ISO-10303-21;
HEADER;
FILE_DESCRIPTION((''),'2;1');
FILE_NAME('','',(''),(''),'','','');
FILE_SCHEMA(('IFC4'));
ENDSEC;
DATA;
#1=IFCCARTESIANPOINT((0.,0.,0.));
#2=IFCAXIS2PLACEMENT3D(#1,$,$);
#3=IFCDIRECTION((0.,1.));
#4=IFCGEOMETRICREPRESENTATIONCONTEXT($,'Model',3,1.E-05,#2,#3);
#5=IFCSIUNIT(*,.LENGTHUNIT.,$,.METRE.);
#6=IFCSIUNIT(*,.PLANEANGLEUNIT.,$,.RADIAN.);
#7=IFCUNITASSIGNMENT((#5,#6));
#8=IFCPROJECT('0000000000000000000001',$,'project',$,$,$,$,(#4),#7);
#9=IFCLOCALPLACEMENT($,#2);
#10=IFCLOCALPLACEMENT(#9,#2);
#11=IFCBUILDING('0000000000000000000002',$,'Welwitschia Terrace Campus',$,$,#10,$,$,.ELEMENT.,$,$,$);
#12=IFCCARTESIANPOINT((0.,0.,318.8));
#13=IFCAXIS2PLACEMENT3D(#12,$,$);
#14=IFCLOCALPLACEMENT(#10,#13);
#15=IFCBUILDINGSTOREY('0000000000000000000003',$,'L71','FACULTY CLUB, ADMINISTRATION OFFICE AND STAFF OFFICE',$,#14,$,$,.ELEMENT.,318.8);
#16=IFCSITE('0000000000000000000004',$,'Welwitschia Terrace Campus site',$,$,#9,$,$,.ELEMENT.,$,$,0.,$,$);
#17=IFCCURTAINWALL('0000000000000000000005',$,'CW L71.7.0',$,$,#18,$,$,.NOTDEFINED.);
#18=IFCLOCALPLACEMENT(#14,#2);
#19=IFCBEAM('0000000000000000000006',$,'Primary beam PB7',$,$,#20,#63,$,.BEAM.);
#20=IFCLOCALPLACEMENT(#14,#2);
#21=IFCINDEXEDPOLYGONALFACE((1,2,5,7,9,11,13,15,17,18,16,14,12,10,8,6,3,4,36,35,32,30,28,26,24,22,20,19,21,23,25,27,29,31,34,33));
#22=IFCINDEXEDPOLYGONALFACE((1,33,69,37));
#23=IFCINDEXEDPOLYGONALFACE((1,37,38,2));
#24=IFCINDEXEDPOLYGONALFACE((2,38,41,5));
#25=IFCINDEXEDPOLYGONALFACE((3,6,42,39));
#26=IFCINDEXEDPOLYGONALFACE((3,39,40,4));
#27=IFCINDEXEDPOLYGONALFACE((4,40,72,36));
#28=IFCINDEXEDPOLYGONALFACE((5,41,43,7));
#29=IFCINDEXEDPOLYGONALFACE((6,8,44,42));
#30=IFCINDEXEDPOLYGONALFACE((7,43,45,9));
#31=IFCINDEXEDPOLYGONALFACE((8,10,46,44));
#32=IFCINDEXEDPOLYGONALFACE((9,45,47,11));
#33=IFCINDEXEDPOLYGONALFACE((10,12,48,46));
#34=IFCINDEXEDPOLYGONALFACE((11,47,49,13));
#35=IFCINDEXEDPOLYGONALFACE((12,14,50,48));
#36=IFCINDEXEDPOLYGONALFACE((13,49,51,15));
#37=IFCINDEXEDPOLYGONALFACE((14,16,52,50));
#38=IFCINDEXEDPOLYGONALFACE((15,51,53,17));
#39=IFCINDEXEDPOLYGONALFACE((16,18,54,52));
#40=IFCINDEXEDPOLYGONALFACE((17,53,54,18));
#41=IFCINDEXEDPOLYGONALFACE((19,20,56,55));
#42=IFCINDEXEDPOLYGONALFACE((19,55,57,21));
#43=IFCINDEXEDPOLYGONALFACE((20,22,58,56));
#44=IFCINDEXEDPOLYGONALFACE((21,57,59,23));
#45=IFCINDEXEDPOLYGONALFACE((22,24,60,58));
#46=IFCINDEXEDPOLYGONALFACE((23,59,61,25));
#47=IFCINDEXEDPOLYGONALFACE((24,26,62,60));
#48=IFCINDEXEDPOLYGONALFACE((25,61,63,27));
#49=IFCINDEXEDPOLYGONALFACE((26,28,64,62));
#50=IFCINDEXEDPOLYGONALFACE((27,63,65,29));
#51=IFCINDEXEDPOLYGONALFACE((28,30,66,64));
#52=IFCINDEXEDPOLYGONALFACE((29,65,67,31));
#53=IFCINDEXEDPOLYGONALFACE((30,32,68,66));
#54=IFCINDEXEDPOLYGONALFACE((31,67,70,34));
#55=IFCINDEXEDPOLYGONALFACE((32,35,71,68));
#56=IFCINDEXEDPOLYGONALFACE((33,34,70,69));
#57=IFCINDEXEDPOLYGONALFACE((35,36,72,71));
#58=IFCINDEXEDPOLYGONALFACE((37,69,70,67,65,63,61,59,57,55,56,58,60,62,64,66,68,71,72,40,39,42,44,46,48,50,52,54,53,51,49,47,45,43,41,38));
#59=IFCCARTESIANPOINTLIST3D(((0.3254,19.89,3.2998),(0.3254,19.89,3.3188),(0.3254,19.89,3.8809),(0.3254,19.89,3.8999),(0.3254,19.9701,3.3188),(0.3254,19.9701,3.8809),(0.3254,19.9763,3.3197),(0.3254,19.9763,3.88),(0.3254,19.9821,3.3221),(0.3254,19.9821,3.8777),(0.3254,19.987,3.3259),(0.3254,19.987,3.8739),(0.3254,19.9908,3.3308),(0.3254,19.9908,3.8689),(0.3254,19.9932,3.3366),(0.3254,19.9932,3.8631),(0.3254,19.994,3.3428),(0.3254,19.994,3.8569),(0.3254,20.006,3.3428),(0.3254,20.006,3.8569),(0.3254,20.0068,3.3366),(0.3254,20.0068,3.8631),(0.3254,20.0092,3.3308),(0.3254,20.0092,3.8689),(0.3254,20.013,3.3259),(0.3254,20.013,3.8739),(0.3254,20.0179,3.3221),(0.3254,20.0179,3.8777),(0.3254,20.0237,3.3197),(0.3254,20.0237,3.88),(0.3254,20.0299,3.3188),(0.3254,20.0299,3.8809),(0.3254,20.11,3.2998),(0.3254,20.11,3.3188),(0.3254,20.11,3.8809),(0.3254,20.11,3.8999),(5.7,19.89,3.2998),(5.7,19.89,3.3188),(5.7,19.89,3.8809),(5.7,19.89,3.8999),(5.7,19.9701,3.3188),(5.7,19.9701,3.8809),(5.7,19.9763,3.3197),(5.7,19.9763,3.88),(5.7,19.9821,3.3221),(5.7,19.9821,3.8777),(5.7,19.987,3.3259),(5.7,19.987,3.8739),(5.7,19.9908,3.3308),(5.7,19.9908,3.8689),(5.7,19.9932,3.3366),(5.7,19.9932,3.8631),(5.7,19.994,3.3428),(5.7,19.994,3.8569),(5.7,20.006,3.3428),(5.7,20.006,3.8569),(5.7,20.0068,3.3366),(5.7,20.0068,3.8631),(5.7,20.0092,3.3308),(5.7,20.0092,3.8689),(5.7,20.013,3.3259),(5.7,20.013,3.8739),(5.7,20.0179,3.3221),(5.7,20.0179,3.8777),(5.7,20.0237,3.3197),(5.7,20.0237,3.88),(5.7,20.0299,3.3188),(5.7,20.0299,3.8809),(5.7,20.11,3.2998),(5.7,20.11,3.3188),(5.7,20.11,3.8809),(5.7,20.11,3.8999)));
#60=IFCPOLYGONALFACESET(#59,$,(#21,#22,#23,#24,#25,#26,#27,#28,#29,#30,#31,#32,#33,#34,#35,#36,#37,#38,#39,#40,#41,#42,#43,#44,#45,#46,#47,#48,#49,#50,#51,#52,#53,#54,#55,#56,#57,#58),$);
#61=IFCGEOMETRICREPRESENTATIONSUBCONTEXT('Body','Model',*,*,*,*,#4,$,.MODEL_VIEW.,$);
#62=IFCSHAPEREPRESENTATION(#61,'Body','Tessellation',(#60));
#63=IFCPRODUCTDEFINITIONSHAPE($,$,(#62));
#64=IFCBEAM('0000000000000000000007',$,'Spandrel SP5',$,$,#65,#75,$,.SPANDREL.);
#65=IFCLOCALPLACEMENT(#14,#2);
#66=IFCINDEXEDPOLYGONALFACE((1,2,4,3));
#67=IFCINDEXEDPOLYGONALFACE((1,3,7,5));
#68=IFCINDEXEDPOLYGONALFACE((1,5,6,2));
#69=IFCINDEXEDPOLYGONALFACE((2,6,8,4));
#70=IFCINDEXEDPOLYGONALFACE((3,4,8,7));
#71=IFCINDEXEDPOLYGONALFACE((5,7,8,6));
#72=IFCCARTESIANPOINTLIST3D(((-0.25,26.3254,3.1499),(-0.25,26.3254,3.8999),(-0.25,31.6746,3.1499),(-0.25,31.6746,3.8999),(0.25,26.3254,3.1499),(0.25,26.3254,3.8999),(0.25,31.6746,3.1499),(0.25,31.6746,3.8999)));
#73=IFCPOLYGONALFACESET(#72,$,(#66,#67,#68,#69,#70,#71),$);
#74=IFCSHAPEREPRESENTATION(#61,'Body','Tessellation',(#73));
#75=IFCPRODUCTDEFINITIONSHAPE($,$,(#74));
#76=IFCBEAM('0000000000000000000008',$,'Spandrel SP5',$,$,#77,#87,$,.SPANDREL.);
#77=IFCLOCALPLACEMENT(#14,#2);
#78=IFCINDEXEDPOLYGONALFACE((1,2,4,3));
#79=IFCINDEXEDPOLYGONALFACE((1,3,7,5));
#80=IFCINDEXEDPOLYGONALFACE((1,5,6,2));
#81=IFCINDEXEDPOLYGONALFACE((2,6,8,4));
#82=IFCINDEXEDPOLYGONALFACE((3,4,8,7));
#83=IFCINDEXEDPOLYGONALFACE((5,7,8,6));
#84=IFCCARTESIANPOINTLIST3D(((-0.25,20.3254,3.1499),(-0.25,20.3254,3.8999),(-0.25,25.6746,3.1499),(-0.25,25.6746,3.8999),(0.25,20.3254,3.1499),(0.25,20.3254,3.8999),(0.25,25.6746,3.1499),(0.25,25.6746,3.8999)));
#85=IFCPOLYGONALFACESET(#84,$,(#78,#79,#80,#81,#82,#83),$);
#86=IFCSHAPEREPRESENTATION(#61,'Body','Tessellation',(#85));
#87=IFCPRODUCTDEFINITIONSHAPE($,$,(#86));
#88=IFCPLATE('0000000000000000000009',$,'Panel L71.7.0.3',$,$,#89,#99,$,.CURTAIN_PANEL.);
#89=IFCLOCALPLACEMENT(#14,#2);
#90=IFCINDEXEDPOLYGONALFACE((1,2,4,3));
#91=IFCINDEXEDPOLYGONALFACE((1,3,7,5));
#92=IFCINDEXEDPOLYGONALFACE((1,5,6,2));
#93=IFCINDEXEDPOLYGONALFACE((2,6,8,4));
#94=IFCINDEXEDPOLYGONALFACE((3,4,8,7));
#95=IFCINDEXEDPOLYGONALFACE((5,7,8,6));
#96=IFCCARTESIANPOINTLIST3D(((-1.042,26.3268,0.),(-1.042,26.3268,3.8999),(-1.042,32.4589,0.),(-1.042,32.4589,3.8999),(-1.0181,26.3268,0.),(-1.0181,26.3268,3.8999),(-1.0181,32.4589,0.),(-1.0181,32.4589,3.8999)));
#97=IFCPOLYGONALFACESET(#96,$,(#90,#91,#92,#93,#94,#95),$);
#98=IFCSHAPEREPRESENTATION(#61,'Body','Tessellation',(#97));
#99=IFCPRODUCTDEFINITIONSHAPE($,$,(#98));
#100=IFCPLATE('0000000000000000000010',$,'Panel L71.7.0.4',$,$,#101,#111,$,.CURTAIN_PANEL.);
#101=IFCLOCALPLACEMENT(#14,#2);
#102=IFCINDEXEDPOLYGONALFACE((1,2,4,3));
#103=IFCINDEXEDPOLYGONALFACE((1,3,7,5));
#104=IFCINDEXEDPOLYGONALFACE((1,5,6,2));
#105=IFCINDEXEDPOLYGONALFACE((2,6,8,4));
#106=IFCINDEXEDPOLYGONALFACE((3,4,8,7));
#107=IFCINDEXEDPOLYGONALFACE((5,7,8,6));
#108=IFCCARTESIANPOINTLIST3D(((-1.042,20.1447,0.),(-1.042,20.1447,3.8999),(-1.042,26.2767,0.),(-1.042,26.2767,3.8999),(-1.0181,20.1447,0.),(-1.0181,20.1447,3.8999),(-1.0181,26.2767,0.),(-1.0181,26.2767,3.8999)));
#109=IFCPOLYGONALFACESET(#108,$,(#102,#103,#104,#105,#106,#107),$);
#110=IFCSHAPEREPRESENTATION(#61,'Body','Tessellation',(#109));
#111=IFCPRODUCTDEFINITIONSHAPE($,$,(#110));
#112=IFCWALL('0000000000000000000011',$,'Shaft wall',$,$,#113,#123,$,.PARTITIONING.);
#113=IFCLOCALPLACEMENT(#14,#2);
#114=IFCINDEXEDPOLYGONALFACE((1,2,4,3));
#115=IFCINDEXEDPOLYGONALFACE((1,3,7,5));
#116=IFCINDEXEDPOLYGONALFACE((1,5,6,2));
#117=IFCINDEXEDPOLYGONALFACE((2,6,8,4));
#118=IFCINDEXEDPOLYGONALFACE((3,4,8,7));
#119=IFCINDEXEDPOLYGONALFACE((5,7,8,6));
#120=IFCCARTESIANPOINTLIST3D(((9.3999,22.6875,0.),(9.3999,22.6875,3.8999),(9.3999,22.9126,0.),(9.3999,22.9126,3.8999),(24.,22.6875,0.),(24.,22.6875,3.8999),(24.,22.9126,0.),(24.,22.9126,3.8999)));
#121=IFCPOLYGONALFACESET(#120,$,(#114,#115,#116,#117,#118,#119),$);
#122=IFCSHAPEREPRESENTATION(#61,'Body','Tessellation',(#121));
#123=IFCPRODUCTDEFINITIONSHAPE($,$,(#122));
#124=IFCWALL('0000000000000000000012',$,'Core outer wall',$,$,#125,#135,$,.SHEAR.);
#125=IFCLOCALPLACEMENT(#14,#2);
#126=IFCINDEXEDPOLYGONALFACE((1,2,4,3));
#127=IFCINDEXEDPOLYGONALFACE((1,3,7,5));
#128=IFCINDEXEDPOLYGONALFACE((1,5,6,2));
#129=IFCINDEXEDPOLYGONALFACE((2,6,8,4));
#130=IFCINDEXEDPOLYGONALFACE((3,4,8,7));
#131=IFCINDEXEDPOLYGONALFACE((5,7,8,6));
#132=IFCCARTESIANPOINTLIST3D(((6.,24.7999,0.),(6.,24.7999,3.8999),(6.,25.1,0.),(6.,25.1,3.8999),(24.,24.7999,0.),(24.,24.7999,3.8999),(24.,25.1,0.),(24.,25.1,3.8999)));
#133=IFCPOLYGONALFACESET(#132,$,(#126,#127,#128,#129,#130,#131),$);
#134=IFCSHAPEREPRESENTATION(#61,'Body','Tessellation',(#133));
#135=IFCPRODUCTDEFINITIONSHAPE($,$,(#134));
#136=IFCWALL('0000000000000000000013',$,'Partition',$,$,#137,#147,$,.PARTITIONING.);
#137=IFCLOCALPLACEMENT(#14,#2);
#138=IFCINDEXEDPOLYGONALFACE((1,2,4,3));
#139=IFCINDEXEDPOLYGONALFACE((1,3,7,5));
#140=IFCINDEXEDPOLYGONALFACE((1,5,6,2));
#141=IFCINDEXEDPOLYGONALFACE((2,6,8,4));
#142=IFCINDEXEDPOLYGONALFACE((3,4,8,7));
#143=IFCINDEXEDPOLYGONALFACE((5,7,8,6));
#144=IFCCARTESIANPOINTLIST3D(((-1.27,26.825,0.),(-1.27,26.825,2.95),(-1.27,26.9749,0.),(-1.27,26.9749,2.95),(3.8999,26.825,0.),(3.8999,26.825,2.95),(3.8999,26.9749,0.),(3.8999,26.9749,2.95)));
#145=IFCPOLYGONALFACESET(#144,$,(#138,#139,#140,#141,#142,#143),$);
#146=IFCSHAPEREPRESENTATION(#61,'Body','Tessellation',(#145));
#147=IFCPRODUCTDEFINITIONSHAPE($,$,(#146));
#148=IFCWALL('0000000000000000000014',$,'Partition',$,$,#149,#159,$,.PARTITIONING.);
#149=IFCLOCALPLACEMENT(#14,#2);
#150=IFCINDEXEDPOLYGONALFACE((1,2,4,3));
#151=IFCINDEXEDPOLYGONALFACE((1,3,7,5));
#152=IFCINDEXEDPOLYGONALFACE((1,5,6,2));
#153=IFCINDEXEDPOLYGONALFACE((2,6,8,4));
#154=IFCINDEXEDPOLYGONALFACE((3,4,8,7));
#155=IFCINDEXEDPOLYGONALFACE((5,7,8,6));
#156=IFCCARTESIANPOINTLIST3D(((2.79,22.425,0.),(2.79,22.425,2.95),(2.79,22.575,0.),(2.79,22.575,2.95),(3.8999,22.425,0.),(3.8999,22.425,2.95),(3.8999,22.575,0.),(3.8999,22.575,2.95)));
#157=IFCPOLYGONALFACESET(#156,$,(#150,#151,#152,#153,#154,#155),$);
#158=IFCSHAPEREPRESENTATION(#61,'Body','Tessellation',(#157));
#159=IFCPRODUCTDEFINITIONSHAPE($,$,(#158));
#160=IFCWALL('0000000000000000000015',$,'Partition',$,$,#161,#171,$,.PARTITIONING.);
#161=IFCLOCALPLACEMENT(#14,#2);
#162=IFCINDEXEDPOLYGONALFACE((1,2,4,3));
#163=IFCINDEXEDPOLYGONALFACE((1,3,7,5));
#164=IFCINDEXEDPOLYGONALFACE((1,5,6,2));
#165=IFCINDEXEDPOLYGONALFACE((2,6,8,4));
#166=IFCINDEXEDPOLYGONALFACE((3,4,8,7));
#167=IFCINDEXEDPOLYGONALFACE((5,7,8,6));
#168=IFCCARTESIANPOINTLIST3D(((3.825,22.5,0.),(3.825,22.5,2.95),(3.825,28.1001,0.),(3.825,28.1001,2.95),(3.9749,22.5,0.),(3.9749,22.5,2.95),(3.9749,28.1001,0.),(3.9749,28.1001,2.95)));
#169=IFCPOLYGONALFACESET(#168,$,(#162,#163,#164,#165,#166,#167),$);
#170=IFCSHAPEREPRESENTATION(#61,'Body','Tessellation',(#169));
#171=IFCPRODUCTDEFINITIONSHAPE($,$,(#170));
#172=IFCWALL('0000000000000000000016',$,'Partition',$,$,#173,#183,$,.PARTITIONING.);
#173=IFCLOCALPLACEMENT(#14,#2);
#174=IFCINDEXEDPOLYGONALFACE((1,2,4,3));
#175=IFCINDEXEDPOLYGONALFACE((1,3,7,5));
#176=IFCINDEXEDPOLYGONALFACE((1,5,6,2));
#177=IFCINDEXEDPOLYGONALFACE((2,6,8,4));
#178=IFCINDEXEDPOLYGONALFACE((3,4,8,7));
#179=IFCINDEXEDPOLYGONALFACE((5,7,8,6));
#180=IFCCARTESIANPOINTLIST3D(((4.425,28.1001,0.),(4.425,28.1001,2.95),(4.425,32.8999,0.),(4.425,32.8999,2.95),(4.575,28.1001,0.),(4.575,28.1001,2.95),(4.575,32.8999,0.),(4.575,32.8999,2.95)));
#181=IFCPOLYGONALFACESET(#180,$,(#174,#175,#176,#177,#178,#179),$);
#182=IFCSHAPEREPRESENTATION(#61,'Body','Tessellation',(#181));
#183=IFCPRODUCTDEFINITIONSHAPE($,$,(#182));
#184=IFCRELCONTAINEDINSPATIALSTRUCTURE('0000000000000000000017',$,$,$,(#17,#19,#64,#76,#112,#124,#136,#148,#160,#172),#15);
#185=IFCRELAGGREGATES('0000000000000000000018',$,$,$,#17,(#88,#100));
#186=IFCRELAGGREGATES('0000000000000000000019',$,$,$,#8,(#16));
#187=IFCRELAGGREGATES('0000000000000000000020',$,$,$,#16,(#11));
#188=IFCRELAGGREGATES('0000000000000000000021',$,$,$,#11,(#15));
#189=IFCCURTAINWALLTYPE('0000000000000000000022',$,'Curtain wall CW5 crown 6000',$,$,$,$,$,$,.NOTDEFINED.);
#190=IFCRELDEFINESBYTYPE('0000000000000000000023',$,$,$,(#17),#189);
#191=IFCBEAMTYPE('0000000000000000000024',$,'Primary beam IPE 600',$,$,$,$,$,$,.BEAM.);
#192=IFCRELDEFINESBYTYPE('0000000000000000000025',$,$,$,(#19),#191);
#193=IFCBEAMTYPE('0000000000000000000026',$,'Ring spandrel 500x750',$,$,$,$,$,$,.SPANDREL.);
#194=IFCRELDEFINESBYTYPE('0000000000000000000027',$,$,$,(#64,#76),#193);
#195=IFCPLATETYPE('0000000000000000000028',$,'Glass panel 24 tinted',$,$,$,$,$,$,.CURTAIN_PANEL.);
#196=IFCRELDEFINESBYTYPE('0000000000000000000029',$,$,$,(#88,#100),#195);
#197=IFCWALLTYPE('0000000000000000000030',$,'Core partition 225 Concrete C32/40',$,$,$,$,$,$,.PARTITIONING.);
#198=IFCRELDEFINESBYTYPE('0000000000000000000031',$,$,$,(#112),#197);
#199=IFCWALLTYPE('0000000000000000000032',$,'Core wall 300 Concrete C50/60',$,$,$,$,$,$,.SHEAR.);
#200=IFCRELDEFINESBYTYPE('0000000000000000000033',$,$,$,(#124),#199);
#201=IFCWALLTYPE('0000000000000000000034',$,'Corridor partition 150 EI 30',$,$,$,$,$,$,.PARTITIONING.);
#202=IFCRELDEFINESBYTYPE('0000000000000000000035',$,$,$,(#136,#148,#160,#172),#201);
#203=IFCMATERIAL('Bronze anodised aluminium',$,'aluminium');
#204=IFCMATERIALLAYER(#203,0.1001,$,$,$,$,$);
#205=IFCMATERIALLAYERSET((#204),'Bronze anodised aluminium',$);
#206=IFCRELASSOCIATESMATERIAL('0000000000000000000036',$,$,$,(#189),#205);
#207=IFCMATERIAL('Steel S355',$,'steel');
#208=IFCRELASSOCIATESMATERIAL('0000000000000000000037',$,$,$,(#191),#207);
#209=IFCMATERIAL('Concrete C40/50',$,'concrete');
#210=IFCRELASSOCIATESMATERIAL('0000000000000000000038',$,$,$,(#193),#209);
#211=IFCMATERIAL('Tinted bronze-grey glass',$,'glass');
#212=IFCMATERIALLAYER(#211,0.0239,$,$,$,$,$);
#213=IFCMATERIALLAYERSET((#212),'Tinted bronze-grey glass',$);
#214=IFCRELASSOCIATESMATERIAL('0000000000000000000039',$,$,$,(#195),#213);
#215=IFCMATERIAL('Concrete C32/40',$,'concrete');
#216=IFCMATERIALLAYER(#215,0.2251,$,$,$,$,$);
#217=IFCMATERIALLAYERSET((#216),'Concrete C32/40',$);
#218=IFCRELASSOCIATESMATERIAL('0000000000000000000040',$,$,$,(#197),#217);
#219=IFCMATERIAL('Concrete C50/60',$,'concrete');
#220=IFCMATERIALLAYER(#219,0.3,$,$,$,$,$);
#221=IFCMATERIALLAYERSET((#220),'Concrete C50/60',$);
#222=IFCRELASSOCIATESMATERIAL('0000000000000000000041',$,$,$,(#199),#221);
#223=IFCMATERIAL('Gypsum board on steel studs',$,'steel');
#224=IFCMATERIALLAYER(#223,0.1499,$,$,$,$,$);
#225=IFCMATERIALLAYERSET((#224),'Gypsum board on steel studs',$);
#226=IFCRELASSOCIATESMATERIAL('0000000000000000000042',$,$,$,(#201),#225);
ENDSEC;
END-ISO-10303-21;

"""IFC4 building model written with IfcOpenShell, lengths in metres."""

from ifc_helpers import new_model, si_unit, direction, frame, frame_2d, origin, origin_2d, place, context, subcontext, project, spatial, rectangle, i_section, extrude, material, layer, layer_set, material_profile, profile_set, type_object, element, aggregate, save


model = new_model("IFC4")

# Units and contexts
model_context = context("Model", 3, precision=1e-05, world=origin(), true_north=direction((0.0, 1.0)))
body_context = subcontext(model_context, "Body", "Model", "MODEL_VIEW")
ifc_project = project(units=[si_unit("LENGTHUNIT", "METRE"), si_unit("PLANEANGLEUNIT", "RADIAN")], contexts=[model_context])

# Site, building, storey
site_placement = place(None, origin())
site = spatial("IfcSite", under=ifc_project, at=site_placement, Name="Welwitschia Terrace Campus site", CompositionType="ELEMENT", RefElevation=0.0)
building_placement = place(site_placement, origin())
building = spatial("IfcBuilding", under=site, at=building_placement, Name="Welwitschia Terrace Campus", CompositionType="ELEMENT")
storey_placement = place(building_placement, frame((0.0, 0.0, 318.8)))
storey = spatial("IfcBuildingStorey", under=building, at=storey_placement, Name="L71", Description="FACULTY CLUB, ADMINISTRATION OFFICE AND STAFF OFFICE", CompositionType="ELEMENT", Elevation=318.8)

# Curtain wall
ifc_material_1 = material(Name="Bronze anodised aluminium", Category="aluminium")
ifc_layer_1 = layer(ifc_material_1, 0.1001)
ifc_layer_set_1 = layer_set([ifc_layer_1], Name="Bronze anodised aluminium")
curtain_wall_type = type_object("IfcCurtainWallType", Name="Curtain wall CW5 crown 6000", PredefinedType="NOTDEFINED", material=ifc_layer_set_1)
curtain_wall_placement = place(storey_placement, origin())
curtain_wall = element("IfcCurtainWall", 1, at=curtain_wall_placement, inside=storey, type_object=curtain_wall_type, Name="CW L71.7.0", PredefinedType="NOTDEFINED")

# Beams
ifc_material_2 = material(Name="Steel S355", Category="steel")
ifc_material_profile_1 = material_profile(ifc_material_2, i_section(OverallWidth=0.22, OverallDepth=0.6001, WebThickness=0.012, FlangeThickness=0.019, FilletRadius=0.0239, at=origin_2d()))
ifc_profile_set_1 = profile_set([ifc_material_profile_1], Name="Steel S355")
beam_type_1 = type_object("IfcBeamType", Name="Primary beam IPE 600", PredefinedType="BEAM", material=ifc_profile_set_1)
beam_1_placement = place(storey_placement, frame((0.3254, 20.0, 3.5999), z_axis=(1.0, 0.0, 0.0), x_axis=(0.0, 1.0, 0.0)))
element("IfcBeam", 2, at=beam_1_placement, inside=storey, type_object=beam_type_1, Name="Primary beam PB7", PredefinedType="BEAM", context=body_context, shape_type="SweptSolid", body=[
    extrude(i_section(OverallWidth=0.22, OverallDepth=0.6001, WebThickness=0.012, FlangeThickness=0.019, FilletRadius=0.0239, at=origin_2d()), origin(), (0.0, 0.0, 1.0), 5.3745),
])
ifc_material_3 = material(Name="Concrete C40/50", Category="concrete")
ifc_material_profile_2 = material_profile(ifc_material_3, rectangle(XDim=0.5, YDim=0.75, at=origin_2d()))
ifc_profile_set_2 = profile_set([ifc_material_profile_2], Name="Concrete C40/50")
beam_type_2 = type_object("IfcBeamType", Name="Ring spandrel 500x750", PredefinedType="SPANDREL", material=ifc_profile_set_2)
for number, where, z_axis, x_axis, name in (
    (3, (0.0, 31.6746, 3.5249), (0.0, -1.0, 0.0), (1.0, 0.0, 0.0), "Spandrel SP5"),
    (4, (0.0, 25.6746, 3.5249), (0.0, -1.0, 0.0), (1.0, 0.0, 0.0), "Spandrel SP5"),
):
    element("IfcBeam", number, at=place(storey_placement, frame(where, z_axis=z_axis, x_axis=x_axis)), inside=storey, type_object=beam_type_2, Name=name, PredefinedType="SPANDREL", context=body_context, shape_type="SweptSolid", body=[
        extrude(rectangle(XDim=0.5, YDim=0.75, at=origin_2d()), origin(), (0.0, 0.0, 1.0), 5.3491),
    ])

# Plates
ifc_material_4 = material(Name="Tinted bronze-grey glass", Category="glass")
ifc_layer_2 = layer(ifc_material_4, 0.0239)
ifc_layer_set_2 = layer_set([ifc_layer_2], Name="Tinted bronze-grey glass")
plate_type = type_object("IfcPlateType", Name="Glass panel 24 tinted", PredefinedType="CURTAIN_PANEL", material=ifc_layer_set_2)
plate_1_placement = place(storey_placement, frame((-1.03, 29.3928, 0.0), z_axis=(0.0, 0.0, 1.0), x_axis=(0.0, -1.0, 0.0)))
plate_1 = element("IfcPlate", 5, at=plate_1_placement, type_object=plate_type, Name="Panel L71.7.0.3", PredefinedType="CURTAIN_PANEL", context=body_context, shape_type="SweptSolid", body=[
    extrude(rectangle(XDim=6.1321, YDim=0.0239, at=origin_2d()), origin(), (0.0, 0.0, 1.0), 3.8999),
])
plate_2_placement = place(storey_placement, frame((-1.03, 23.2107, 0.0), z_axis=(0.0, 0.0, 1.0), x_axis=(0.0, -1.0, 0.0)))
plate_2 = element("IfcPlate", 6, at=plate_2_placement, type_object=plate_type, Name="Panel L71.7.0.4", PredefinedType="CURTAIN_PANEL", context=body_context, shape_type="SweptSolid", body=[
    extrude(rectangle(XDim=6.1321, YDim=0.0239, at=origin_2d()), origin(), (0.0, 0.0, 1.0), 3.8999),
])
aggregate(curtain_wall, [plate_1, plate_2])

# Walls
ifc_material_5 = material(Name="Concrete C32/40", Category="concrete")
ifc_layer_3 = layer(ifc_material_5, 0.2251)
ifc_layer_set_3 = layer_set([ifc_layer_3], Name="Concrete C32/40")
wall_type_1 = type_object("IfcWallType", Name="Core partition 225 Concrete C32/40", PredefinedType="PARTITIONING", material=ifc_layer_set_3)
wall_1_placement = place(storey_placement, frame((9.3999, 22.8, 0.0), z_axis=(0.0, 0.0, 1.0), x_axis=(1.0, 0.0, 0.0)))
element("IfcWall", 7, at=wall_1_placement, inside=storey, type_object=wall_type_1, Name="Shaft wall", PredefinedType="PARTITIONING", context=body_context, shape_type="SweptSolid", body=[
    extrude(rectangle(XDim=14.6001, YDim=0.2251, at=frame_2d((7.3, 0.0))), origin(), (0.0, 0.0, 1.0), 3.8999),
])
ifc_material_6 = material(Name="Concrete C50/60", Category="concrete")
ifc_layer_4 = layer(ifc_material_6, 0.3)
ifc_layer_set_4 = layer_set([ifc_layer_4], Name="Concrete C50/60")
wall_type_2 = type_object("IfcWallType", Name="Core wall 300 Concrete C50/60", PredefinedType="SHEAR", material=ifc_layer_set_4)
wall_2_placement = place(storey_placement, frame((6.0, 24.95, 0.0), z_axis=(0.0, 0.0, 1.0), x_axis=(1.0, 0.0, 0.0)))
element("IfcWall", 8, at=wall_2_placement, inside=storey, type_object=wall_type_2, Name="Core outer wall", PredefinedType="SHEAR", context=body_context, shape_type="SweptSolid", body=[
    extrude(rectangle(XDim=18.0, YDim=0.3, at=frame_2d((9.0, 0.0))), origin(), (0.0, 0.0, 1.0), 3.8999),
])
ifc_material_7 = material(Name="Gypsum board on steel studs", Category="steel")
ifc_layer_5 = layer(ifc_material_7, 0.1499)
ifc_layer_set_5 = layer_set([ifc_layer_5], Name="Gypsum board on steel studs")
wall_type_3 = type_object("IfcWallType", Name="Corridor partition 150 EI 30", PredefinedType="PARTITIONING", material=ifc_layer_set_5)
wall_3_placement = place(storey_placement, frame((-1.27, 26.8999, 0.0), z_axis=(0.0, 0.0, 1.0), x_axis=(1.0, 0.0, 0.0)))
element("IfcWall", 9, at=wall_3_placement, inside=storey, type_object=wall_type_3, Name="Partition", PredefinedType="PARTITIONING", context=body_context, shape_type="SweptSolid", body=[
    extrude(rectangle(XDim=5.1699, YDim=0.1499, at=frame_2d((2.585, 0.0))), origin(), (0.0, 0.0, 1.0), 2.95),
])
wall_4_placement = place(storey_placement, frame((2.79, 22.5, 0.0), z_axis=(0.0, 0.0, 1.0), x_axis=(1.0, 0.0, 0.0)))
element("IfcWall", 10, at=wall_4_placement, inside=storey, type_object=wall_type_3, Name="Partition", PredefinedType="PARTITIONING", context=body_context, shape_type="SweptSolid", body=[
    extrude(rectangle(XDim=1.1099, YDim=0.1499, at=frame_2d((0.5549, 0.0))), origin(), (0.0, 0.0, 1.0), 2.95),
])
wall_5_placement = place(storey_placement, frame((3.8999, 22.5, 0.0), z_axis=(0.0, 0.0, 1.0), x_axis=(0.0, 1.0, 0.0)))
element("IfcWall", 11, at=wall_5_placement, inside=storey, type_object=wall_type_3, Name="Partition", PredefinedType="PARTITIONING", context=body_context, shape_type="SweptSolid", body=[
    extrude(rectangle(XDim=5.6001, YDim=0.1499, at=frame_2d((2.8, 0.0))), origin(), (0.0, 0.0, 1.0), 2.95),
])
wall_6_placement = place(storey_placement, frame((4.5, 28.1001, 0.0), z_axis=(0.0, 0.0, 1.0), x_axis=(0.0, 1.0, 0.0)))
element("IfcWall", 12, at=wall_6_placement, inside=storey, type_object=wall_type_3, Name="Partition", PredefinedType="PARTITIONING", context=body_context, shape_type="SweptSolid", body=[
    extrude(rectangle(XDim=4.7998, YDim=0.1499, at=frame_2d((2.3999, 0.0))), origin(), (0.0, 0.0, 1.0), 2.95),
])

save(model, "model.ifc")
